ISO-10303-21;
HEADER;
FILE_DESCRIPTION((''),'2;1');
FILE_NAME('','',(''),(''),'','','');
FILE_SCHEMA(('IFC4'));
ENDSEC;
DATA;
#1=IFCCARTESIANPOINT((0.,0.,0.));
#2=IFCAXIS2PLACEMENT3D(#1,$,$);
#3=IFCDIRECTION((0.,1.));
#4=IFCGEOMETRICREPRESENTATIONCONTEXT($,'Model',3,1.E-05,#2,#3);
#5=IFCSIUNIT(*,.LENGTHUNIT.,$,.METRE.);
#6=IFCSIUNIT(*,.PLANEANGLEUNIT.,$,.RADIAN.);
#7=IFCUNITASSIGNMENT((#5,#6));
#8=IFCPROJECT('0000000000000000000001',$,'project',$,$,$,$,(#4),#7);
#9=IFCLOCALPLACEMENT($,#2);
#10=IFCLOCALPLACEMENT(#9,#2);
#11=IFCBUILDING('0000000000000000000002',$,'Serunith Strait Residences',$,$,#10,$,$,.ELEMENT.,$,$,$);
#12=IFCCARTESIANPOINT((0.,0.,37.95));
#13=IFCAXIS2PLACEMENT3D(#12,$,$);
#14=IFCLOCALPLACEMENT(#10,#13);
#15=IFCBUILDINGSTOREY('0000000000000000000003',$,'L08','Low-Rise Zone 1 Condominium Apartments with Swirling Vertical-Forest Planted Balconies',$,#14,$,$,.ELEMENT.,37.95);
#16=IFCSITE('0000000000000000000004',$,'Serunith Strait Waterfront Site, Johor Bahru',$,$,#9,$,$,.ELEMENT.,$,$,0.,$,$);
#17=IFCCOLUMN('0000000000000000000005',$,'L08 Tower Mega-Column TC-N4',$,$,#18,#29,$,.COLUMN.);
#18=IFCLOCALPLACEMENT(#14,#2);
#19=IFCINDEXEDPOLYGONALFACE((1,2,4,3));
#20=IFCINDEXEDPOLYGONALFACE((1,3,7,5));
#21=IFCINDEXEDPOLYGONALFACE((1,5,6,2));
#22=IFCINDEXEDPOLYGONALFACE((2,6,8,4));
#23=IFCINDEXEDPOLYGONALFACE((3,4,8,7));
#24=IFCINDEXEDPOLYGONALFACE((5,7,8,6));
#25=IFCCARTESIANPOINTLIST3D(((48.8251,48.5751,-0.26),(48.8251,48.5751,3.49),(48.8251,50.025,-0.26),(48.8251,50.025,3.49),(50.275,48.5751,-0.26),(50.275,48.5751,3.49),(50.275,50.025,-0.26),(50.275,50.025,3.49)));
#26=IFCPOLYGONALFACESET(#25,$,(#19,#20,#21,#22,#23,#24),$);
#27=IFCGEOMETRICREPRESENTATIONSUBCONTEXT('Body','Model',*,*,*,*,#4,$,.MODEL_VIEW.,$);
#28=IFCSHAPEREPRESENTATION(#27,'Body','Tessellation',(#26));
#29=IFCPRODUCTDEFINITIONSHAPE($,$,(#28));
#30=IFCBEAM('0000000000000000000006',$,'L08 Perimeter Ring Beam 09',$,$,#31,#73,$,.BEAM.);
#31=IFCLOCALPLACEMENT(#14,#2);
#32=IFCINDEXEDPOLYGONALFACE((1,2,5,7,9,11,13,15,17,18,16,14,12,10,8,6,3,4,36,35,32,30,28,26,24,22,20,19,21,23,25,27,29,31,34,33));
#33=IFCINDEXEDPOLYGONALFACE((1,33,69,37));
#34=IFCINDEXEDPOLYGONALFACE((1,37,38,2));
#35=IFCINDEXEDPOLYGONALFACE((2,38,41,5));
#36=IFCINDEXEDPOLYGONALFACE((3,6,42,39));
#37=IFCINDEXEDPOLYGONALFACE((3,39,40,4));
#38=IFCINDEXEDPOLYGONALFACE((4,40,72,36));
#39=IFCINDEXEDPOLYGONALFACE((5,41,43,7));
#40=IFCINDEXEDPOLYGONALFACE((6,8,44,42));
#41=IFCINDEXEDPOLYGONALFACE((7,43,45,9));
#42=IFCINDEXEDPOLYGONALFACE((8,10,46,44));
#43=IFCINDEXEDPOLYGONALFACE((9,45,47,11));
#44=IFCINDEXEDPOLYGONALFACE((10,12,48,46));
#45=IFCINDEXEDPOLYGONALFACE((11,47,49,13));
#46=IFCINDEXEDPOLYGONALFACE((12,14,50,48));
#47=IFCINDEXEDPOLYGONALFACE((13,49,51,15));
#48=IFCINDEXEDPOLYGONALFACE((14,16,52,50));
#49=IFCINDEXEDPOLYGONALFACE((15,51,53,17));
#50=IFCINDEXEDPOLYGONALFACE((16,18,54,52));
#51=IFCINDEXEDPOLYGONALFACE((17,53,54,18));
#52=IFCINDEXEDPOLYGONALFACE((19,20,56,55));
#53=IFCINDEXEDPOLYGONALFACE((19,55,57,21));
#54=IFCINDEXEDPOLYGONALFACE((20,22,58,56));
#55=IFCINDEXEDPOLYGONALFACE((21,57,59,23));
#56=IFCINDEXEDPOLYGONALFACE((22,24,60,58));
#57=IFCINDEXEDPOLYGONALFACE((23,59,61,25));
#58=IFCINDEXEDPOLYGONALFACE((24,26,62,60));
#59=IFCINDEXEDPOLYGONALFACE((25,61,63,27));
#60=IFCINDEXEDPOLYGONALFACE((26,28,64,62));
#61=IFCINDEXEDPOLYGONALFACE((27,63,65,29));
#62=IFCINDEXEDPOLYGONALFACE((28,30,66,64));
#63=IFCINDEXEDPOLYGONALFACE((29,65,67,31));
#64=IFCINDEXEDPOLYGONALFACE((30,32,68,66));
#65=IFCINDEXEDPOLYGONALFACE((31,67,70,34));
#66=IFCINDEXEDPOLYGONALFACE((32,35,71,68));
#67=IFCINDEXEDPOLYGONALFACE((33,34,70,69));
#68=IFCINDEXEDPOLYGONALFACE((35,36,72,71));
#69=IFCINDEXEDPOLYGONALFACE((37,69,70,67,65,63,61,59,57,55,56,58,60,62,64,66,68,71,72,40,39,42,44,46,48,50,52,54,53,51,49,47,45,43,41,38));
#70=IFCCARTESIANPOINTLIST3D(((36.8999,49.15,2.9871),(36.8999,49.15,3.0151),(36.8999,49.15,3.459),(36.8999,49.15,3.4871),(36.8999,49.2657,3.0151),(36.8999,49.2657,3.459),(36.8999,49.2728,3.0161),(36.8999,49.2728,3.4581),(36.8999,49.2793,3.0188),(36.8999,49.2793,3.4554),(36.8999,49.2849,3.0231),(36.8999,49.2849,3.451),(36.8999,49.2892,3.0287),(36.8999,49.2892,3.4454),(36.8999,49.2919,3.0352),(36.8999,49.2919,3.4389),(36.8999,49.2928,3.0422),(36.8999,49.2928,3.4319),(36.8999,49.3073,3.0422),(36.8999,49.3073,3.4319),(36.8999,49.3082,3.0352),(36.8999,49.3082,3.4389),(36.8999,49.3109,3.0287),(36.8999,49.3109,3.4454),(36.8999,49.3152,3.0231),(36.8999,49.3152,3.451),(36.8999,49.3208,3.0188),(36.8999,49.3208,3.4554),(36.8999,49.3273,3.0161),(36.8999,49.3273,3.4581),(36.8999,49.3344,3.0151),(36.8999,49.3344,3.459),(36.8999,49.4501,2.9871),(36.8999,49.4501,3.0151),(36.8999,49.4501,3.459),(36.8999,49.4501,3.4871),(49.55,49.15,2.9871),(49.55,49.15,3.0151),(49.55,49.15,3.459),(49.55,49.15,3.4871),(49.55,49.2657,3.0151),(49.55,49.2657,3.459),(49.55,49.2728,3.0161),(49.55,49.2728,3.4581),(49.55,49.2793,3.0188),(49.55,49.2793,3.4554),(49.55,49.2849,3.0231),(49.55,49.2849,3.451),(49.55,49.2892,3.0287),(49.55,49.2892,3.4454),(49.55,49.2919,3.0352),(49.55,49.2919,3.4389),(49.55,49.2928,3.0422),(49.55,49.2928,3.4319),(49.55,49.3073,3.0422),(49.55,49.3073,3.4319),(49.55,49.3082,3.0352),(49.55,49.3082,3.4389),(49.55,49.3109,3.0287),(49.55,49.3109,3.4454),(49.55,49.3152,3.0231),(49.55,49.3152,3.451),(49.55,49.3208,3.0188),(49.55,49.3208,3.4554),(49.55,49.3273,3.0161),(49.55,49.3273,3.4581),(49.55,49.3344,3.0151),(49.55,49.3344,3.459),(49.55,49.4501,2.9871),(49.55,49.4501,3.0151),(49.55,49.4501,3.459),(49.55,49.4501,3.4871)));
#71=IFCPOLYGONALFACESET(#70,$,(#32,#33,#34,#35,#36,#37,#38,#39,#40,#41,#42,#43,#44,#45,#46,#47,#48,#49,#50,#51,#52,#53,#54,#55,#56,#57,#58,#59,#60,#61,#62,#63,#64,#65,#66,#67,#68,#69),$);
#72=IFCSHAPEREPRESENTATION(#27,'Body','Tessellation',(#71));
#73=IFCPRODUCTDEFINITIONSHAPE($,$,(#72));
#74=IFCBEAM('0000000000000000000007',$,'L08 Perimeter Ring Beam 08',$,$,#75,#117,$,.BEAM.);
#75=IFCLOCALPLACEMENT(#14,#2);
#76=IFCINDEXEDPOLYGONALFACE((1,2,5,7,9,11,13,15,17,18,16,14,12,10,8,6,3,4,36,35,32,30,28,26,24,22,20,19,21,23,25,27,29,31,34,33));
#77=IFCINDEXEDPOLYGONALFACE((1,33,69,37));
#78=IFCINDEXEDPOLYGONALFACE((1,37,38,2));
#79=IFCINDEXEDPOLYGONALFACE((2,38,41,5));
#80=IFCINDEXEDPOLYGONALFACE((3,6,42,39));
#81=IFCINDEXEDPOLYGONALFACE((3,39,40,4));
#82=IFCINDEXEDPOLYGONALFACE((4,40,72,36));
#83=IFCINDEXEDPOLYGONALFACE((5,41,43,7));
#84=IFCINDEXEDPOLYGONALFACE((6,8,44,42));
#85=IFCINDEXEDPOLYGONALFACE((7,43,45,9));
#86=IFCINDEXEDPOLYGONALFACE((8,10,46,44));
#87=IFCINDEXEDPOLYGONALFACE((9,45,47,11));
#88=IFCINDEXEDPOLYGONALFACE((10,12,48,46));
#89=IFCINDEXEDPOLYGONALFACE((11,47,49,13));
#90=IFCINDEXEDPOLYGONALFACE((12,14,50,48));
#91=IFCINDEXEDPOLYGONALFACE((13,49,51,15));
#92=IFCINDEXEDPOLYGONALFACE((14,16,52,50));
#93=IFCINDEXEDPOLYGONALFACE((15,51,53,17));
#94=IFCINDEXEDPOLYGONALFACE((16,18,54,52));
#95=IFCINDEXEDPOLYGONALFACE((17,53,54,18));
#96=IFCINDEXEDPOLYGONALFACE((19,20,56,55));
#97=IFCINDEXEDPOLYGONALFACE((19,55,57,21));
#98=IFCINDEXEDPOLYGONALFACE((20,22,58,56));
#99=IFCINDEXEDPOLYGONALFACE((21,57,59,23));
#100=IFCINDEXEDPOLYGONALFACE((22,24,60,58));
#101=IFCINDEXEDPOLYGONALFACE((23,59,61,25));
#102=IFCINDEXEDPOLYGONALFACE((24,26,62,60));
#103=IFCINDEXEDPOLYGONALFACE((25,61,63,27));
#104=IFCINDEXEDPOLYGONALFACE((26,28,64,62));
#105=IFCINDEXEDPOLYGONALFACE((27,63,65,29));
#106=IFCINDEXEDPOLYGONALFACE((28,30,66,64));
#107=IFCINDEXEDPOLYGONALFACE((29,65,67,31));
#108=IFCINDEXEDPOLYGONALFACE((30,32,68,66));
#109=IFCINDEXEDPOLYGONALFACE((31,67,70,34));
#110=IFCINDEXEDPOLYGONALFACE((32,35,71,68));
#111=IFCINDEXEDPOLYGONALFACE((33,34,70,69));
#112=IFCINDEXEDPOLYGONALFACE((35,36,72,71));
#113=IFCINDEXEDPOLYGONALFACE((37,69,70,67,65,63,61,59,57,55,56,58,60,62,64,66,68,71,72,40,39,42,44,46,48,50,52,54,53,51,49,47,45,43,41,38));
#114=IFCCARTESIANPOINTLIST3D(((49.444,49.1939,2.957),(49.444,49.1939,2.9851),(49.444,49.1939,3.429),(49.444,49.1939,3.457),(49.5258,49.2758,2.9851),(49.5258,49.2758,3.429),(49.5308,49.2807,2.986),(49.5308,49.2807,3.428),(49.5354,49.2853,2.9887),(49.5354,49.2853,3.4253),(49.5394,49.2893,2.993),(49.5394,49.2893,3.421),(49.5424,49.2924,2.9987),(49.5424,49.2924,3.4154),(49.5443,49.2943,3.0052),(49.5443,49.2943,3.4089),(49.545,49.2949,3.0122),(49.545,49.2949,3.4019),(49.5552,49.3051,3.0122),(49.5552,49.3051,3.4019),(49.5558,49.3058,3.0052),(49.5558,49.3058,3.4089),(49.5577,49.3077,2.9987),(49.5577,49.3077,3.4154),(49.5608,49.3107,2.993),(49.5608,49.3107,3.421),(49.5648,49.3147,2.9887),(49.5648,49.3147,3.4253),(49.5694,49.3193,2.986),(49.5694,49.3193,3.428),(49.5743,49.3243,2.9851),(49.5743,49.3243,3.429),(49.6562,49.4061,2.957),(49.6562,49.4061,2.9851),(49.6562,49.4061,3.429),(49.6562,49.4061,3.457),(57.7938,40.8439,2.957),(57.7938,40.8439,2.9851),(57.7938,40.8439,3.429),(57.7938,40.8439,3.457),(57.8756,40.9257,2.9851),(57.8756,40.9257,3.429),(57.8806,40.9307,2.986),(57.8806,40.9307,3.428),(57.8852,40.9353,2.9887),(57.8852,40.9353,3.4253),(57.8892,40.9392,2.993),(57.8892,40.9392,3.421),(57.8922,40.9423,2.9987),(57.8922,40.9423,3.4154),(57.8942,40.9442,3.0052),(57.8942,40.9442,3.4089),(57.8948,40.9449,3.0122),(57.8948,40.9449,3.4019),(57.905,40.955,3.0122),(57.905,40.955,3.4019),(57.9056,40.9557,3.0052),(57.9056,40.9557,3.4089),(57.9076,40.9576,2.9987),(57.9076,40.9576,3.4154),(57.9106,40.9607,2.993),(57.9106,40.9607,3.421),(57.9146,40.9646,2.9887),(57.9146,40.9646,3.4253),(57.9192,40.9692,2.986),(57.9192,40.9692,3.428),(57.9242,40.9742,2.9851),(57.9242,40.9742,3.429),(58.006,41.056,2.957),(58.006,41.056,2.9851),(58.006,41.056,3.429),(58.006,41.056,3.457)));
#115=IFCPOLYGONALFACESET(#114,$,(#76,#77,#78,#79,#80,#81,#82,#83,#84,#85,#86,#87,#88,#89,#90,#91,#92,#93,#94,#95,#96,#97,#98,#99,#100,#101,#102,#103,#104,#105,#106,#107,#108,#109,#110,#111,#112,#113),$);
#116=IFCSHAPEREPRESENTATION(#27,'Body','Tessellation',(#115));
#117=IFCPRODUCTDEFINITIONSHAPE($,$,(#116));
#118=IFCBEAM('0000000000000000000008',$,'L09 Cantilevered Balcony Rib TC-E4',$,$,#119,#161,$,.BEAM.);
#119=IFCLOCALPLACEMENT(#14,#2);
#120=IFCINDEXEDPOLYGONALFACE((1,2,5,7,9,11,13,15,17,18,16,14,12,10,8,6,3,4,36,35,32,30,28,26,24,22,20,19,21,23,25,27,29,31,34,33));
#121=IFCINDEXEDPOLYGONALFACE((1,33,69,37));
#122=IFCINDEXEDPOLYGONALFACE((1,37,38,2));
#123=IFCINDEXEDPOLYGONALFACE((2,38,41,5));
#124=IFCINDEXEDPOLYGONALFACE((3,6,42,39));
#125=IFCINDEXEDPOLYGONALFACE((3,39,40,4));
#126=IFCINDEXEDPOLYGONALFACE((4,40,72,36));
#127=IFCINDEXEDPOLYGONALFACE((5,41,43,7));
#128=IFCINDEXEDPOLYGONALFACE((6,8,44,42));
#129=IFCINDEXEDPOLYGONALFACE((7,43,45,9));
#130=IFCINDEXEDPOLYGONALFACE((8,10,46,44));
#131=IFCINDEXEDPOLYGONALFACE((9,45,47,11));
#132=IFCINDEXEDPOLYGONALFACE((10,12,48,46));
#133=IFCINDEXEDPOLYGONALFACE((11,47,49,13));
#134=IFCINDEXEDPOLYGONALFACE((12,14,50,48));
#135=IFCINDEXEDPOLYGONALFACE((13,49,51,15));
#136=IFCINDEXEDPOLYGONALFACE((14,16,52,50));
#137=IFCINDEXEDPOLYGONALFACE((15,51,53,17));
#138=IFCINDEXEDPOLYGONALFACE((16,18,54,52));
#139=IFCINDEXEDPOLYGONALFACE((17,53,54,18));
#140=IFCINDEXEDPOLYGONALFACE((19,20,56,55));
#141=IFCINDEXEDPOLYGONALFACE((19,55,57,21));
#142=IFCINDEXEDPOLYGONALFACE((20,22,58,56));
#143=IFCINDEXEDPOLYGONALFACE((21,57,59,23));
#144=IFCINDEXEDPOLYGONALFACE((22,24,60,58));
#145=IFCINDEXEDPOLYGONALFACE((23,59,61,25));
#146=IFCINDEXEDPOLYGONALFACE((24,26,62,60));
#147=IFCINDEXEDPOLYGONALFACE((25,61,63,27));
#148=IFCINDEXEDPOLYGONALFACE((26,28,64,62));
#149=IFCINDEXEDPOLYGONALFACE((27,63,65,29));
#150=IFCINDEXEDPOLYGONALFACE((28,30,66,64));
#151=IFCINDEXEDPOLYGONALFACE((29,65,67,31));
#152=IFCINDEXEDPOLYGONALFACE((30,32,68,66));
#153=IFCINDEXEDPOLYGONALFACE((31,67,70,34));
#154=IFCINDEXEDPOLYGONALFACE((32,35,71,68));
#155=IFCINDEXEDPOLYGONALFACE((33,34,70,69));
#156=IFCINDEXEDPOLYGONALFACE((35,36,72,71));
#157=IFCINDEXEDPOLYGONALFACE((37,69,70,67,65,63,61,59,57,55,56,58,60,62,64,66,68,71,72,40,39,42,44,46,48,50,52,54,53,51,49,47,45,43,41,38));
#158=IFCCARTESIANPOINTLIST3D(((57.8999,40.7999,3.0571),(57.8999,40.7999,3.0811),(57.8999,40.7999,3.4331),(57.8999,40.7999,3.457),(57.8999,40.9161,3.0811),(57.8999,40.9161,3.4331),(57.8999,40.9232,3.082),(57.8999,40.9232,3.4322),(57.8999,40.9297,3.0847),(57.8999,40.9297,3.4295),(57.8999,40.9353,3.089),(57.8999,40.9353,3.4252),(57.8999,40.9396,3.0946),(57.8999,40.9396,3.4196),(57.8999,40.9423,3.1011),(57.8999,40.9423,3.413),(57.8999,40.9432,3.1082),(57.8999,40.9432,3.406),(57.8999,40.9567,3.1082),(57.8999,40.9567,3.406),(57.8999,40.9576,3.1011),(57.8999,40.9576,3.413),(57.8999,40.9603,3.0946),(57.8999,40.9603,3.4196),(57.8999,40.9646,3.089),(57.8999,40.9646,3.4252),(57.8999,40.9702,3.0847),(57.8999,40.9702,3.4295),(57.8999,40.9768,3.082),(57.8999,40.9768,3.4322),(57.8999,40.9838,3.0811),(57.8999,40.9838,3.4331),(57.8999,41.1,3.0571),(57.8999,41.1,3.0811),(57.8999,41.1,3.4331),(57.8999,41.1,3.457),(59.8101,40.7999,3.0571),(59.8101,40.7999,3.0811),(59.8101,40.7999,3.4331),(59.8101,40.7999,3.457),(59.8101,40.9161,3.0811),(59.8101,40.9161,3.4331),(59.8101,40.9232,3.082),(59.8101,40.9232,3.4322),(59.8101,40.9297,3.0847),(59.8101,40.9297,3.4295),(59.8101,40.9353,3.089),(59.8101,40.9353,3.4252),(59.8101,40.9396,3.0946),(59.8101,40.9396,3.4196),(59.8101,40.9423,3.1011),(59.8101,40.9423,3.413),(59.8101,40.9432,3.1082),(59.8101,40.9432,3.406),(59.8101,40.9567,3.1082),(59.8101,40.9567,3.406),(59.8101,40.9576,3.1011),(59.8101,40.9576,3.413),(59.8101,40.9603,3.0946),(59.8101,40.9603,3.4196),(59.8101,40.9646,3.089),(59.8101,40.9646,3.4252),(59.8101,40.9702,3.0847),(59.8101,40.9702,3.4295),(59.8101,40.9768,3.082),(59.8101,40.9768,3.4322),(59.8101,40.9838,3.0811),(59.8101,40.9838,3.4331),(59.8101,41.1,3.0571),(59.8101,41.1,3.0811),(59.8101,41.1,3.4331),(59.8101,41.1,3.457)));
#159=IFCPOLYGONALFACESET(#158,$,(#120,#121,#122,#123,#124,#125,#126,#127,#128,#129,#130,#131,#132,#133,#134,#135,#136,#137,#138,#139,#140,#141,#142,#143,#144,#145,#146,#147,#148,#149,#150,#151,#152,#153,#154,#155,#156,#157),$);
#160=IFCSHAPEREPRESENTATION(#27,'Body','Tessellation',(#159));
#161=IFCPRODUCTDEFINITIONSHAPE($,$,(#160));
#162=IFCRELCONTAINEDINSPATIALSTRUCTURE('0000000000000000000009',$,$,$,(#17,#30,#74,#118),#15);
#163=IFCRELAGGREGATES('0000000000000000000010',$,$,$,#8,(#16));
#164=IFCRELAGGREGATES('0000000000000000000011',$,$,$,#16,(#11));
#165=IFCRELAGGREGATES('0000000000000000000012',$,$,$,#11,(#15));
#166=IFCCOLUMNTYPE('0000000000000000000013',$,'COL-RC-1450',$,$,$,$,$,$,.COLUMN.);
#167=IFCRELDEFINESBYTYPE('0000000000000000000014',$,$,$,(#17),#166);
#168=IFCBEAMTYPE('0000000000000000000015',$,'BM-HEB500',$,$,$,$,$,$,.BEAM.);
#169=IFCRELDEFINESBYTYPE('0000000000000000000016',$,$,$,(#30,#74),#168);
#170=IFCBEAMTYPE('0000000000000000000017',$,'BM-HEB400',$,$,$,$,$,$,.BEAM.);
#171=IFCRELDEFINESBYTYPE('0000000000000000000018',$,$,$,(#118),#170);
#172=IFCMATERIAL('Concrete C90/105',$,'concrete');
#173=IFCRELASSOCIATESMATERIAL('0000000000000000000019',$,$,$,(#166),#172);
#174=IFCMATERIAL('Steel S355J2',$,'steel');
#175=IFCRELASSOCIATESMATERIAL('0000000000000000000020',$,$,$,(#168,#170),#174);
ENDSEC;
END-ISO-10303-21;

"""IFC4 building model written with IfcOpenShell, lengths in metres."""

from ifc_helpers import new_model, si_unit, direction, frame, origin, origin_2d, place, context, subcontext, project, spatial, rectangle, i_section, extrude, source, transform, mapped, material, material_profile, profile_set, type_object, element, save


model = new_model("IFC4")

# Units and contexts
model_context = context("Model", 3, precision=1e-05, world=origin(), true_north=direction((0.0, 1.0)))
body_context = subcontext(model_context, "Body", "Model", "MODEL_VIEW")
ifc_project = project(units=[si_unit("LENGTHUNIT", "METRE"), si_unit("PLANEANGLEUNIT", "RADIAN")], contexts=[model_context])

# Site, building, storey
site_placement = place(None, origin())
site = spatial("IfcSite", under=ifc_project, at=site_placement, Name="Serunith Strait Waterfront Site, Johor Bahru", CompositionType="ELEMENT", RefElevation=0.0)
building_placement = place(site_placement, origin())
building = spatial("IfcBuilding", under=site, at=building_placement, Name="Serunith Strait Residences", CompositionType="ELEMENT")
storey_placement = place(building_placement, frame((0.0, 0.0, 37.95)))
storey = spatial("IfcBuildingStorey", under=building, at=storey_placement, Name="L08", Description="Low-Rise Zone 1 Condominium Apartments with Swirling Vertical-Forest Planted Balconies", CompositionType="ELEMENT", Elevation=37.95)

# Column
ifc_material_1 = material(Name="Concrete C90/105", Category="concrete")
ifc_material_profile_1 = material_profile(ifc_material_1, rectangle(XDim=1.45, YDim=1.45, at=origin_2d()), Name="RC 1450x1450")
ifc_profile_set_1 = profile_set([ifc_material_profile_1], Name="Concrete C90/105")
column_type = type_object("IfcColumnType", Name="COL-RC-1450", PredefinedType="COLUMN", material=ifc_profile_set_1)
shared_shape_1 = source(origin(), body_context, "Body", "SweptSolid", [
    extrude(rectangle(XDim=1.45, YDim=1.45, at=origin_2d()), origin(), (0.0, 0.0, 1.0), 3.75),
])
column_placement = place(storey_placement, frame((49.55, 49.3, -0.26), z_axis=(0.0, 0.0, 1.0), x_axis=(1.0, 0.0, 0.0)))
element("IfcColumn", 1, at=column_placement, inside=storey, type_object=column_type, Name="L08 Tower Mega-Column TC-N4", PredefinedType="COLUMN", context=body_context, shape_type="MappedRepresentation", body=[
    mapped(shared_shape_1, transform((0.0, 0.0, 0.0), scale=1.0)),
])

# Beams
ifc_material_2 = material(Name="Steel S355J2", Category="steel")
ifc_material_profile_2 = material_profile(ifc_material_2, i_section(OverallWidth=0.3, OverallDepth=0.5, WebThickness=0.0144, FlangeThickness=0.0281, FilletRadius=0.0271, at=origin_2d()), Name="HEB 500")
ifc_profile_set_2 = profile_set([ifc_material_profile_2], Name="Steel S355J2")
beam_type_1 = type_object("IfcBeamType", Name="BM-HEB500", PredefinedType="BEAM", material=ifc_profile_set_2)
shared_shape_2 = source(origin(), body_context, "Body", "SweptSolid", [
    extrude(i_section(OverallWidth=0.3, OverallDepth=0.5, WebThickness=0.0144, FlangeThickness=0.0281, FilletRadius=0.0271, at=origin_2d()), origin(), (0.0, 0.0, 1.0), 12.6501),
])
beam_1_placement = place(storey_placement, frame((49.55, 49.3, 3.2371), z_axis=(-1.0, 0.0, 0.0), x_axis=(0.0, -1.0, 0.0)))
element("IfcBeam", 2, at=beam_1_placement, inside=storey, type_object=beam_type_1, Name="L08 Perimeter Ring Beam 09", PredefinedType="BEAM", context=body_context, shape_type="MappedRepresentation", body=[
    mapped(shared_shape_2, transform((0.0, 0.0, 0.0), scale=1.0)),
])
shared_shape_3 = source(origin(), body_context, "Body", "SweptSolid", [
    extrude(i_section(OverallWidth=0.3, OverallDepth=0.5, WebThickness=0.0144, FlangeThickness=0.0281, FilletRadius=0.0271, at=origin_2d()), origin(), (0.0, 0.0, 1.0), 11.8086),
])
beam_2_placement = place(storey_placement, frame((57.8999, 40.95, 3.207), z_axis=(-0.707096, 0.707117, 0.0), x_axis=(-0.707117, -0.707096, 0.0)))
element("IfcBeam", 3, at=beam_2_placement, inside=storey, type_object=beam_type_1, Name="L08 Perimeter Ring Beam 08", PredefinedType="BEAM", context=body_context, shape_type="MappedRepresentation", body=[
    mapped(shared_shape_3, transform((0.0, 0.0, 0.0), scale=1.0)),
])
ifc_material_profile_3 = material_profile(ifc_material_2, i_section(OverallWidth=0.3, OverallDepth=0.3999, WebThickness=0.0134, FlangeThickness=0.0239, FilletRadius=0.0271, at=origin_2d()), Name="HEB 400")
ifc_profile_set_3 = profile_set([ifc_material_profile_3], Name="Steel S355J2")
beam_type_2 = type_object("IfcBeamType", Name="BM-HEB400", PredefinedType="BEAM", material=ifc_profile_set_3)
shared_shape_4 = source(origin(), body_context, "Body", "SweptSolid", [
    extrude(i_section(OverallWidth=0.3, OverallDepth=0.3999, WebThickness=0.0134, FlangeThickness=0.0239, FilletRadius=0.0271, at=origin_2d()), origin(), (0.0, 0.0, 1.0), 1.9102),
])
beam_3_placement = place(storey_placement, frame((57.8999, 40.95, 3.2571), z_axis=(1.0, 0.0, 0.0), x_axis=(0.0, 1.0, 0.0)))
element("IfcBeam", 4, at=beam_3_placement, inside=storey, type_object=beam_type_2, Name="L09 Cantilevered Balcony Rib TC-E4", PredefinedType="BEAM", context=body_context, shape_type="MappedRepresentation", body=[
    mapped(shared_shape_4, transform((0.0, 0.0, 0.0), scale=1.0)),
])

save(model, "model.ifc")
